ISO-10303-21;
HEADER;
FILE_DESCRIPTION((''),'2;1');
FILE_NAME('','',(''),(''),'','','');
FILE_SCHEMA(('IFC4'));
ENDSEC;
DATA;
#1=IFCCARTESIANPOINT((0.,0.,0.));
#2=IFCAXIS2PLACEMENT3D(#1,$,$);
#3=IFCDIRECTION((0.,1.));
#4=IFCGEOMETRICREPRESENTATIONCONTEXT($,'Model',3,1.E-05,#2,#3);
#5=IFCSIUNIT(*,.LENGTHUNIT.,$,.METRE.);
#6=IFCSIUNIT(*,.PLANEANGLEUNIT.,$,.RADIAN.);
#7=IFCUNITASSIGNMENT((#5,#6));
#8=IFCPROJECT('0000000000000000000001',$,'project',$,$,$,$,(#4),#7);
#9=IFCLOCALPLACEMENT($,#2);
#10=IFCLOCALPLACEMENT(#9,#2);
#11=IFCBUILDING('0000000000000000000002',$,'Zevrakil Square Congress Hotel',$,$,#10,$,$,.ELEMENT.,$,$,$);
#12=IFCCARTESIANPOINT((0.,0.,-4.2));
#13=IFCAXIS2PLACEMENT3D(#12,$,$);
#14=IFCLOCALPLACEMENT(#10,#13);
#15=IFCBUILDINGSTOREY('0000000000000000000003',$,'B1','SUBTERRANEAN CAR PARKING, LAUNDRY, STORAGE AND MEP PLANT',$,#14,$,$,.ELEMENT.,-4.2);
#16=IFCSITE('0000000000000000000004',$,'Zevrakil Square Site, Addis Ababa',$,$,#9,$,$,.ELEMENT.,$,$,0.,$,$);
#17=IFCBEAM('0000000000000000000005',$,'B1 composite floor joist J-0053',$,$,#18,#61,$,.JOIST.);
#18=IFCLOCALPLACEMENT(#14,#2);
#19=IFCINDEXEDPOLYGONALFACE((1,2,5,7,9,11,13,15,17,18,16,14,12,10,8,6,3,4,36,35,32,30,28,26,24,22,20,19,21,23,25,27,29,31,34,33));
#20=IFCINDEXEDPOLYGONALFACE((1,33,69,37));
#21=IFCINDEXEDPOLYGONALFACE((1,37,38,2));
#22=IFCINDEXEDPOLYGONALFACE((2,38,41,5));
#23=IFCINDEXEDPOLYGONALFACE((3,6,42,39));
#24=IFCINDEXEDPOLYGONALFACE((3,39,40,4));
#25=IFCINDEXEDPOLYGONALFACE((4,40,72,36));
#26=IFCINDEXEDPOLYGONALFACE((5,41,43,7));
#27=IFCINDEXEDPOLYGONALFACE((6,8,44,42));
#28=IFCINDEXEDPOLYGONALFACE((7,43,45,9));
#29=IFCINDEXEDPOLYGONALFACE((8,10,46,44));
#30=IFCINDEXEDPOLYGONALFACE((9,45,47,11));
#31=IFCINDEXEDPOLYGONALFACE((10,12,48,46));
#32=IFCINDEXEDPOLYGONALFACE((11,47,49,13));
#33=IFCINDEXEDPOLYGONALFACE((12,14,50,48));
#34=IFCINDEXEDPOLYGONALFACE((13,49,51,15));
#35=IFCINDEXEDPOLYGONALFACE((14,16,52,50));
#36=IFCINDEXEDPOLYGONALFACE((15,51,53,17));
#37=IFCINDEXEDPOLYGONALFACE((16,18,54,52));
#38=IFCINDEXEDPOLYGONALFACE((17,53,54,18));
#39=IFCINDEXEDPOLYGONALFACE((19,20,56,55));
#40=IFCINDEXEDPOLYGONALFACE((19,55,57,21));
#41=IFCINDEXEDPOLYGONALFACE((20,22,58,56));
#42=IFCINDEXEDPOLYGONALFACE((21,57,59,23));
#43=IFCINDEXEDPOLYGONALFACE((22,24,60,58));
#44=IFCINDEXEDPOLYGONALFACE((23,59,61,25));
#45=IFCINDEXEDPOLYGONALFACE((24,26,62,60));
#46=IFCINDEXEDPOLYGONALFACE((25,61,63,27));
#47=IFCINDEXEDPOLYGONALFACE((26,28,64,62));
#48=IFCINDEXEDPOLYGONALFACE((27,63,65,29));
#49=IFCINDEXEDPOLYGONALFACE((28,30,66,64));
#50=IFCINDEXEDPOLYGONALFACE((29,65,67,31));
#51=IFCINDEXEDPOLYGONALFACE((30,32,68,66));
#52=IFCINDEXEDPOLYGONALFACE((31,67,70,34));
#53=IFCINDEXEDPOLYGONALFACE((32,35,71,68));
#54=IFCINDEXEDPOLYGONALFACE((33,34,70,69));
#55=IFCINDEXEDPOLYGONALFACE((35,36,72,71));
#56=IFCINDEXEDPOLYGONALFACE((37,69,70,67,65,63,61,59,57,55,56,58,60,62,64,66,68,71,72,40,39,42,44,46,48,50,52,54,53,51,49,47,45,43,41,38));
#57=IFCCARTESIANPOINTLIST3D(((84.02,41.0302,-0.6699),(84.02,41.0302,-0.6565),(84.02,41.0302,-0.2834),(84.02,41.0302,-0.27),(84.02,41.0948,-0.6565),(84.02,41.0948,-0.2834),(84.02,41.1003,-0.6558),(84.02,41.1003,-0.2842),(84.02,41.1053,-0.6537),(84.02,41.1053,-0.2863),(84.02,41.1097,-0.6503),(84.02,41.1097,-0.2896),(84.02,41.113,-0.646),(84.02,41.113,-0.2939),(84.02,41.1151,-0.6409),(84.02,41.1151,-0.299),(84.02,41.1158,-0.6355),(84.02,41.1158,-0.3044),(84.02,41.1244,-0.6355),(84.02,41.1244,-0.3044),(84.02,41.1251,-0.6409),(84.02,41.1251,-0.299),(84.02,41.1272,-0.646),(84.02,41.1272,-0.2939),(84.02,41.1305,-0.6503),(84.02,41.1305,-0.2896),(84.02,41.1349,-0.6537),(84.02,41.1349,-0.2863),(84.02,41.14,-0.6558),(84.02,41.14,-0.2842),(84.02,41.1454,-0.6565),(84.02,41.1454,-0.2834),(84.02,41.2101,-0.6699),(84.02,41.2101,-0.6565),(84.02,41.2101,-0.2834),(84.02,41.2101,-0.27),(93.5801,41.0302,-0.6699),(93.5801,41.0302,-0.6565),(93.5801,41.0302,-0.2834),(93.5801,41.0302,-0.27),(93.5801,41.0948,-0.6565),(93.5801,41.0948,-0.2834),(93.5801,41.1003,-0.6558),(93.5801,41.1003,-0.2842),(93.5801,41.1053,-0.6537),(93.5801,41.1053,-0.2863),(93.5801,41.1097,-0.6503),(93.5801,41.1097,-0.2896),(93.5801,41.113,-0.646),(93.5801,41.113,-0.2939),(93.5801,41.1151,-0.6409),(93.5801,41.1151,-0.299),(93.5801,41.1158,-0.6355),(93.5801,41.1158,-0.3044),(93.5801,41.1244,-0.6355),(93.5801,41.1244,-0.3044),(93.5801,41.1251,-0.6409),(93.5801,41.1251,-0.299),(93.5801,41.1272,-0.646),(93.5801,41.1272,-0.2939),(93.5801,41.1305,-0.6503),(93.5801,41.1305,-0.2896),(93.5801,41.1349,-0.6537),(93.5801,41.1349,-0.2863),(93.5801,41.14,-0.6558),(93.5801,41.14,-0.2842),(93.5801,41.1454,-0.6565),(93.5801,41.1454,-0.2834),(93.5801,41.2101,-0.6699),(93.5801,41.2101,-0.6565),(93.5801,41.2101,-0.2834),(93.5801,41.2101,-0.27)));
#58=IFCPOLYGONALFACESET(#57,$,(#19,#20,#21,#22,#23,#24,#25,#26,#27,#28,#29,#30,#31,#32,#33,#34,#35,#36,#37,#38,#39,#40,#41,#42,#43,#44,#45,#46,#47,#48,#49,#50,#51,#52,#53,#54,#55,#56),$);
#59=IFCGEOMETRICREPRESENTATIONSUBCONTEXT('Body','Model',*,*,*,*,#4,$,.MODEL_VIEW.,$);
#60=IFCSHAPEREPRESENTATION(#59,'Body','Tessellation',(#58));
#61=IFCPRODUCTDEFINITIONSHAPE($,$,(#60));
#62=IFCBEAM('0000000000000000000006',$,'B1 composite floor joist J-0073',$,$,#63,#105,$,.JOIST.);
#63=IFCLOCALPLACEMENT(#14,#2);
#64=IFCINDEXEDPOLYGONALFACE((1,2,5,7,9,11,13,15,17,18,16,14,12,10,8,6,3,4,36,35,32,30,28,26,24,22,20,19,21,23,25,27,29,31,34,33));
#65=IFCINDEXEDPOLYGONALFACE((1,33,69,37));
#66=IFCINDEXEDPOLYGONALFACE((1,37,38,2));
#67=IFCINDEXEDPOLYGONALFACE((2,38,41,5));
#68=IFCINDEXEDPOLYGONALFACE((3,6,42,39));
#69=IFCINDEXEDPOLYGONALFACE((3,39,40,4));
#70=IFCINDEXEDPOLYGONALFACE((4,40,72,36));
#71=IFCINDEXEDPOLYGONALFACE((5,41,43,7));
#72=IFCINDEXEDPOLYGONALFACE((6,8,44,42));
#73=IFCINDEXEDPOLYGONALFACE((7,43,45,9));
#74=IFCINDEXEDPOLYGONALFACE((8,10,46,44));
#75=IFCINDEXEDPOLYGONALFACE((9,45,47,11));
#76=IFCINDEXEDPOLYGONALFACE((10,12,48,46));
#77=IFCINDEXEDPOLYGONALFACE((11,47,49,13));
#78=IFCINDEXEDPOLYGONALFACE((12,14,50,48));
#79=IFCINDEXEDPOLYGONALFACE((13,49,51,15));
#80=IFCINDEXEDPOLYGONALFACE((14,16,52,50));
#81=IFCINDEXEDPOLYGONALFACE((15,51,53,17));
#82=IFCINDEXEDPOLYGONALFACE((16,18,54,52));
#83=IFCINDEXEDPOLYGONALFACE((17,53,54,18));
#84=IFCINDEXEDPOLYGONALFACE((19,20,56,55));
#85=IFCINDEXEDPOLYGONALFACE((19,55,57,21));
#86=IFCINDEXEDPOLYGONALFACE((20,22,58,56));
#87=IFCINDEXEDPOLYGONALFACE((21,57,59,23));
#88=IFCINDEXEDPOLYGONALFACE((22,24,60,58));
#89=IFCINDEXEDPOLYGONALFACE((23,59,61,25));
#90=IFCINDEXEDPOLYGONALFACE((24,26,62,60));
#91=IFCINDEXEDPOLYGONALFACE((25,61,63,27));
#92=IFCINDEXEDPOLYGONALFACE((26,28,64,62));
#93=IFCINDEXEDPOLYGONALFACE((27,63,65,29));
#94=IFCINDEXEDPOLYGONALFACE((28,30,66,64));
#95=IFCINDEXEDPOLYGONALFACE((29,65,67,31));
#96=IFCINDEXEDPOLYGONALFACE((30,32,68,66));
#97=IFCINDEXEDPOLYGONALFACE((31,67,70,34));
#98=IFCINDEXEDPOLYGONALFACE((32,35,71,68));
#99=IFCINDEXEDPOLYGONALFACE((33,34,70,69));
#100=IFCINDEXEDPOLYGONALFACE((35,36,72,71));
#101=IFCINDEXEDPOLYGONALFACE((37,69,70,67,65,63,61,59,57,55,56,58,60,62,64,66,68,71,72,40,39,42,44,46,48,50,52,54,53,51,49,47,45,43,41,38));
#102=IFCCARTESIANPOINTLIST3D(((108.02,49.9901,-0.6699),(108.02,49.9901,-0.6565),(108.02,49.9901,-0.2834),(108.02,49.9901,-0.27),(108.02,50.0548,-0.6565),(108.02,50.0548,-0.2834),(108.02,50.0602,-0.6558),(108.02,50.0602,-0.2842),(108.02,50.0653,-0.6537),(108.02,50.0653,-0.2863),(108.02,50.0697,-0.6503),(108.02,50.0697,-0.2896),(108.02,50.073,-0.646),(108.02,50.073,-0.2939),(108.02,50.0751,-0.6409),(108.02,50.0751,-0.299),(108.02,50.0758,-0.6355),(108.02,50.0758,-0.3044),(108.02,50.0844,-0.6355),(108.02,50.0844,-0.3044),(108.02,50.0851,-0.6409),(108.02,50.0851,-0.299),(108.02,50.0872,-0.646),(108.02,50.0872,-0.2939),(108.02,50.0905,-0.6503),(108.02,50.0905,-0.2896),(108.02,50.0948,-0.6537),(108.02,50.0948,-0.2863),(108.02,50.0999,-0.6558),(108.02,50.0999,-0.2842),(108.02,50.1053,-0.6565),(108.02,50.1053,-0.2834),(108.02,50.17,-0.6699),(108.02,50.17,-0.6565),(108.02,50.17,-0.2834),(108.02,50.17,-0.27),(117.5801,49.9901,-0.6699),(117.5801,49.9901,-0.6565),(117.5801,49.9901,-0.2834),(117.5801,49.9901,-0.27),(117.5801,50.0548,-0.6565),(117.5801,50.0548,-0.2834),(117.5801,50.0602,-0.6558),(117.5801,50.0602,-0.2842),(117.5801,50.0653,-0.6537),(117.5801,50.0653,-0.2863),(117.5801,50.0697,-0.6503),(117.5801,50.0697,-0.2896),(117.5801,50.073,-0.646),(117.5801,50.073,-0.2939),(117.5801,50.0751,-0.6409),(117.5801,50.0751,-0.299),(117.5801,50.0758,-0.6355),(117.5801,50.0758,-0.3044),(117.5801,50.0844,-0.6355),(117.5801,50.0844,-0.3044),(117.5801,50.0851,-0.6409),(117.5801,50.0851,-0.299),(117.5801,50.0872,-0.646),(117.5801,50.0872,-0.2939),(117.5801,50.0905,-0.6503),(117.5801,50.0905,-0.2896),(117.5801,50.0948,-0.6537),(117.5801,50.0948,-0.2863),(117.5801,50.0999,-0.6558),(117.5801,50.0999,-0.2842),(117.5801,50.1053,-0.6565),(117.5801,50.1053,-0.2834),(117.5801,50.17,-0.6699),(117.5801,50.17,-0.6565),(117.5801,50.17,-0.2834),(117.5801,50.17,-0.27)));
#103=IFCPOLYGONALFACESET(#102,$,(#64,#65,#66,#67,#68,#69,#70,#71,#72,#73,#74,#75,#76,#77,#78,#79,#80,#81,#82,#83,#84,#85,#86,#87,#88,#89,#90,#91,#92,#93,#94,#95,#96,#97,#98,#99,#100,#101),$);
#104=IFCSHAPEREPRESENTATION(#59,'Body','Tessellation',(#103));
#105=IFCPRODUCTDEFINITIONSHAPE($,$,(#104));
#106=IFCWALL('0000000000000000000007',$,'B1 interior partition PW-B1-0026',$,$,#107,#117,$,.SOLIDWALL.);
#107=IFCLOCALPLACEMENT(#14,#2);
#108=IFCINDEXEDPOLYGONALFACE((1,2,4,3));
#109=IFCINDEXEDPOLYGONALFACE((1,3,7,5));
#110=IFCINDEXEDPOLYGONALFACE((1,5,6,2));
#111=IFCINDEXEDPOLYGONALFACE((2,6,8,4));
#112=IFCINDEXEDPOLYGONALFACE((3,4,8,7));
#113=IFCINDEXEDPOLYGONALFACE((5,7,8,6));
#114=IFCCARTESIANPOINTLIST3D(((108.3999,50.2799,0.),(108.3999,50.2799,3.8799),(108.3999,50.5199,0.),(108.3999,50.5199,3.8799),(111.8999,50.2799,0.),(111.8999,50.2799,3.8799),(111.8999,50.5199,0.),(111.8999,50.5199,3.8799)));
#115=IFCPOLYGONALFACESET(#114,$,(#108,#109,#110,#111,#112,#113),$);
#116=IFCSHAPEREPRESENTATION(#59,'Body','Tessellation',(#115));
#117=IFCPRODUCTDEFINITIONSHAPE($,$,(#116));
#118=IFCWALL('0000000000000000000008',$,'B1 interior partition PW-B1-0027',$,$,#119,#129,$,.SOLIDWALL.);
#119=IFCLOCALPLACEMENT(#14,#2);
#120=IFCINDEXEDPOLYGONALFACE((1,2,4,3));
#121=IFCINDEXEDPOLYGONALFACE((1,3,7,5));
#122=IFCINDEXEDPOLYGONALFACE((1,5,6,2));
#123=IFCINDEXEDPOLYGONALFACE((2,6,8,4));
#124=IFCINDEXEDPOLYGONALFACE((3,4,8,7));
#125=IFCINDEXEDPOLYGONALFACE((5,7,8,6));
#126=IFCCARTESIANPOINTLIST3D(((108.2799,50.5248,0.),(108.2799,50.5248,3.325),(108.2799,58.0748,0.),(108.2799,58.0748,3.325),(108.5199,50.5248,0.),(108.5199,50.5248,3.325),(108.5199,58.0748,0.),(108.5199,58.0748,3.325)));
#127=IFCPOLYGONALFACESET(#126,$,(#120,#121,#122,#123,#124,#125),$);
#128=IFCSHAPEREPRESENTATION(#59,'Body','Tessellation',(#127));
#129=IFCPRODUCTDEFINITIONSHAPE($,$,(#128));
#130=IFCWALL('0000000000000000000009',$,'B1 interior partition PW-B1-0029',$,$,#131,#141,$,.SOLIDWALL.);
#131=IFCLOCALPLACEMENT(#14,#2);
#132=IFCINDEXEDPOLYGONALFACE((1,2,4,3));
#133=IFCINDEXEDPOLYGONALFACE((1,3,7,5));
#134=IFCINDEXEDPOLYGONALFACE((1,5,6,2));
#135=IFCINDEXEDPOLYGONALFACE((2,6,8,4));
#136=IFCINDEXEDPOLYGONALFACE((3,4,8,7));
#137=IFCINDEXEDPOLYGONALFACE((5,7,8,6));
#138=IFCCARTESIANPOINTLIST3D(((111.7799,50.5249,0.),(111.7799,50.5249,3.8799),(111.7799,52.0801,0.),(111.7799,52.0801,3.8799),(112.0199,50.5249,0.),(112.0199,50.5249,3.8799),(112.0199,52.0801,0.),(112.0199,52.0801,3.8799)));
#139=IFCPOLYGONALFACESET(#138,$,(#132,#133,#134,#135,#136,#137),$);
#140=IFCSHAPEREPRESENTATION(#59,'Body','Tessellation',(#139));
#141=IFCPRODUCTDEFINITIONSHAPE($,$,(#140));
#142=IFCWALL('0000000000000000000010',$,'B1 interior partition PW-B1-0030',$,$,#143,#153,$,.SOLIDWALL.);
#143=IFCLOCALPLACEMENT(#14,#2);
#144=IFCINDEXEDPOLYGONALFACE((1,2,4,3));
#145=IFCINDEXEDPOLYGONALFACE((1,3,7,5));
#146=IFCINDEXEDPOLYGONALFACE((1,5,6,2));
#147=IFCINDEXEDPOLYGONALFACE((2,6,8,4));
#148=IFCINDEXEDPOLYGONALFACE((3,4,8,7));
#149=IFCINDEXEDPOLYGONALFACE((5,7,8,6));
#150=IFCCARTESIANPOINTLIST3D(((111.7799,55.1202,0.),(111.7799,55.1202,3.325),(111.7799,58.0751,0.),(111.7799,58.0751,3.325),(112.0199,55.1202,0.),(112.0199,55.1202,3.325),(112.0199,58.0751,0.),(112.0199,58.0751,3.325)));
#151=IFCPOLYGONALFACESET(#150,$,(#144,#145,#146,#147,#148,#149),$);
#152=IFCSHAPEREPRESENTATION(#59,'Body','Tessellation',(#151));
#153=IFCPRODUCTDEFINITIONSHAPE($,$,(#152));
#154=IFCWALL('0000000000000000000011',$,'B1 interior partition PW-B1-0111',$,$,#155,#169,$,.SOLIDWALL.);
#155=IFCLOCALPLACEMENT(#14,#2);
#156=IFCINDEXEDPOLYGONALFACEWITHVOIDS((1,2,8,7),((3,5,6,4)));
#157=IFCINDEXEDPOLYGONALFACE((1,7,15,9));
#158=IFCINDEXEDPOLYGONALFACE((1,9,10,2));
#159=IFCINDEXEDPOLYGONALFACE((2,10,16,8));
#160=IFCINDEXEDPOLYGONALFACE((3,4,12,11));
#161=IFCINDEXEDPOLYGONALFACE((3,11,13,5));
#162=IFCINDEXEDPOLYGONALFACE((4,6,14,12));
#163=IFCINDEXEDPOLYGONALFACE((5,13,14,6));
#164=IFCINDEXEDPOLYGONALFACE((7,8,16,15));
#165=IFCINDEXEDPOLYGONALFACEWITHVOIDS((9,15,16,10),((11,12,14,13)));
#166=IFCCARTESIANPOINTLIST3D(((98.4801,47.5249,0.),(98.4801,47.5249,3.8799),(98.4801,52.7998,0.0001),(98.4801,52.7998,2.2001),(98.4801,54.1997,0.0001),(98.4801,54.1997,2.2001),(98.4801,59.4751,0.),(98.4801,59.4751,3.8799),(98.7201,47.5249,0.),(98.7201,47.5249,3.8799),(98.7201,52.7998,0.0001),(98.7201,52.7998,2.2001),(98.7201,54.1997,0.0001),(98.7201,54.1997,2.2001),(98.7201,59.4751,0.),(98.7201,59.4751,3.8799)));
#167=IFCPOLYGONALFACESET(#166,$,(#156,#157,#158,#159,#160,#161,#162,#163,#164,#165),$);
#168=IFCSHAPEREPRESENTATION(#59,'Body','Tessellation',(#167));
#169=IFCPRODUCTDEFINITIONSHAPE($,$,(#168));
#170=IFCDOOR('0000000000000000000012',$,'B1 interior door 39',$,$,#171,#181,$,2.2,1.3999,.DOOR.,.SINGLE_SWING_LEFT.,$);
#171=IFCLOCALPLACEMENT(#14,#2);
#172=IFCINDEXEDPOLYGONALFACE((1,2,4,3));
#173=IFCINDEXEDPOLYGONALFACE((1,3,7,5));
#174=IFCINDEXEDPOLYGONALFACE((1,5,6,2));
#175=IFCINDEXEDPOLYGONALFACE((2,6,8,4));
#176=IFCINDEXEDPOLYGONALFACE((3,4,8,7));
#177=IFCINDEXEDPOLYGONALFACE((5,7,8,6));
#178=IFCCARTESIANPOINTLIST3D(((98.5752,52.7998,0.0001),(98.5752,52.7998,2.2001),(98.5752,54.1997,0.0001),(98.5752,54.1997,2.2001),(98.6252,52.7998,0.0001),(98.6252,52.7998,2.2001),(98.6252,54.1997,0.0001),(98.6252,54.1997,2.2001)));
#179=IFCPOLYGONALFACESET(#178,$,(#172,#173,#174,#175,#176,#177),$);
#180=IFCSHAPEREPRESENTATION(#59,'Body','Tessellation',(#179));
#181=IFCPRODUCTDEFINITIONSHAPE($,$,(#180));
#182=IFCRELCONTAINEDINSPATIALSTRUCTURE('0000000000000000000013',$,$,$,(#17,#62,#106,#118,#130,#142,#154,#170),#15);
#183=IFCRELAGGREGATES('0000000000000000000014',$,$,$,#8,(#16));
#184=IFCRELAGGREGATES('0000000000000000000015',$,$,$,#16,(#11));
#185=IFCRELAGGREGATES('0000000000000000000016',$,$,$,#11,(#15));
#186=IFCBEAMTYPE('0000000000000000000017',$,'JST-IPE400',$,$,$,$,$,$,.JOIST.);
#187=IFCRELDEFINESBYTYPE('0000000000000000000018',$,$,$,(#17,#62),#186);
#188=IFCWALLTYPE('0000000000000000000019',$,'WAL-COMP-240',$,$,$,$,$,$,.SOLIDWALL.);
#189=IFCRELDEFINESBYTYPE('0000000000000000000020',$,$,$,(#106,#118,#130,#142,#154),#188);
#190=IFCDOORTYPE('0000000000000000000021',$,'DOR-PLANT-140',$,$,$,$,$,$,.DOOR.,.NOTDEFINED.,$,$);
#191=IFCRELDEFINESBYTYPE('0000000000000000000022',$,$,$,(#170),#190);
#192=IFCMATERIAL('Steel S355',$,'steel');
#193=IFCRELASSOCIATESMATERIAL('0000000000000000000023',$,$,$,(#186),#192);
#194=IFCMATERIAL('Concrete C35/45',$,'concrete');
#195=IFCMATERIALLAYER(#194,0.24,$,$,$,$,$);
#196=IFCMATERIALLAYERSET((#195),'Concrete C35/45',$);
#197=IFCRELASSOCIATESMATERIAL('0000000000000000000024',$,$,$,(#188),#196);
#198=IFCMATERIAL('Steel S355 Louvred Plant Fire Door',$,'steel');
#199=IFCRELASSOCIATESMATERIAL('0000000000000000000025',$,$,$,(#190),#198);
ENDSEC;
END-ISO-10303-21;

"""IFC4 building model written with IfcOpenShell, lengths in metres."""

from ifc_helpers import new_model, si_unit, direction, frame, frame_2d, origin, origin_2d, place, context, subcontext, project, spatial, rectangle, i_section, extrude, material, layer, layer_set, material_profile, profile_set, type_object, element, fill, save


model = new_model("IFC4")

# Units and contexts
model_context = context("Model", 3, precision=1e-05, world=origin(), true_north=direction((0.0, 1.0)))
body_context = subcontext(model_context, "Body", "Model", "MODEL_VIEW")
ifc_project = project(units=[si_unit("LENGTHUNIT", "METRE"), si_unit("PLANEANGLEUNIT", "RADIAN")], contexts=[model_context])

# Site, building, storey
site_placement = place(None, origin())
site = spatial("IfcSite", under=ifc_project, at=site_placement, Name="Zevrakil Square Site, Addis Ababa", CompositionType="ELEMENT", RefElevation=0.0)
building_placement = place(site_placement, origin())
building = spatial("IfcBuilding", under=site, at=building_placement, Name="Zevrakil Square Congress Hotel", CompositionType="ELEMENT")
storey_placement = place(building_placement, frame((0.0, 0.0, -4.2)))
storey = spatial("IfcBuildingStorey", under=building, at=storey_placement, Name="B1", Description="SUBTERRANEAN CAR PARKING, LAUNDRY, STORAGE AND MEP PLANT", CompositionType="ELEMENT", Elevation=-4.2)

# Beams
ifc_material_1 = material(Name="Steel S355", Category="steel")
ifc_material_profile_1 = material_profile(ifc_material_1, i_section(OverallWidth=0.1799, OverallDepth=0.3999, WebThickness=0.0085, FlangeThickness=0.0134, FilletRadius=0.021, at=origin_2d()), Name="IPE 400")
ifc_profile_set_1 = profile_set([ifc_material_profile_1], Name="Steel S355")
beam_type_1 = type_object("IfcBeamType", Name="JST-IPE400", PredefinedType="JOIST", material=ifc_profile_set_1)
for number, where, z_axis, x_axis, name in (
    (1, (84.02, 41.1201, -0.47), (1.0, 0.0, 0.0), (0.0, 1.0, 0.0), "B1 composite floor joist J-0053"),
    (2, (108.02, 50.0801, -0.47), (1.0, 0.0, 0.0), (0.0, 1.0, 0.0), "B1 composite floor joist J-0073"),
):
    element("IfcBeam", number, at=place(storey_placement, frame(where, z_axis=z_axis, x_axis=x_axis)), inside=storey, type_object=beam_type_1, Name=name, PredefinedType="JOIST", context=body_context, shape_type="SweptSolid", body=[
        extrude(i_section(OverallWidth=0.1799, OverallDepth=0.3999, WebThickness=0.0085, FlangeThickness=0.0134, FilletRadius=0.021, at=origin_2d()), origin(), (0.0, 0.0, 1.0), 9.5601),
    ])

# Walls
ifc_material_2 = material(Name="Concrete C35/45", Category="concrete")
ifc_layer = layer(ifc_material_2, 0.24)
ifc_layer_set = layer_set([ifc_layer], Name="Concrete C35/45")
wall_type = type_object("IfcWallType", Name="WAL-COMP-240", PredefinedType="SOLIDWALL", material=ifc_layer_set)
wall_1_placement = place(storey_placement, frame((108.3999, 50.3999, 0.0), z_axis=(0.0, 0.0, 1.0), x_axis=(1.0, 0.0, 0.0)))
element("IfcWall", 3, at=wall_1_placement, inside=storey, type_object=wall_type, Name="B1 interior partition PW-B1-0026", PredefinedType="SOLIDWALL", context=body_context, shape_type="SweptSolid", body=[
    extrude(rectangle(XDim=3.5, YDim=0.24, at=frame_2d((1.75, 0.0))), origin(), (0.0, 0.0, 1.0), 3.8799),
])
wall_2_placement = place(storey_placement, frame((108.3999, 50.5249, 0.0), z_axis=(0.0, 0.0, 1.0), x_axis=(0.0, 1.0, 0.0)))
element("IfcWall", 4, at=wall_2_placement, inside=storey, type_object=wall_type, Name="B1 interior partition PW-B1-0027", PredefinedType="SOLIDWALL", context=body_context, shape_type="SweptSolid", body=[
    extrude(rectangle(XDim=7.55, YDim=0.24, at=frame_2d((3.7749, 0.0))), origin(), (0.0, 0.0, 1.0), 3.325),
])
wall_3_placement = place(storey_placement, frame((111.8999, 50.5249, 0.0), z_axis=(0.0, 0.0, 1.0), x_axis=(0.0, 1.0, 0.0)))
element("IfcWall", 5, at=wall_3_placement, inside=storey, type_object=wall_type, Name="B1 interior partition PW-B1-0029", PredefinedType="SOLIDWALL", context=body_context, shape_type="SweptSolid", body=[
    extrude(rectangle(XDim=1.5552, YDim=0.24, at=frame_2d((0.7776, 0.0))), origin(), (0.0, 0.0, 1.0), 3.8799),
])
wall_4_placement = place(storey_placement, frame((111.8999, 55.1201, 0.0), z_axis=(0.0, 0.0, 1.0), x_axis=(0.0, 1.0, 0.0)))
element("IfcWall", 6, at=wall_4_placement, inside=storey, type_object=wall_type, Name="B1 interior partition PW-B1-0030", PredefinedType="SOLIDWALL", context=body_context, shape_type="SweptSolid", body=[
    extrude(rectangle(XDim=2.9548, YDim=0.24, at=frame_2d((1.4775, 0.0))), origin(), (0.0, 0.0, 1.0), 3.325),
])

# Wall, opening, door
wall_5_placement = place(storey_placement, frame((98.6001, 47.5249, 0.0), z_axis=(0.0, 0.0, 1.0), x_axis=(0.0, 1.0, 0.0)))
wall_5 = element("IfcWall", 7, at=wall_5_placement, inside=storey, type_object=wall_type, Name="B1 interior partition PW-B1-0111", PredefinedType="SOLIDWALL", context=body_context, shape_type="SweptSolid", body=[
    extrude(rectangle(XDim=11.9502, YDim=0.24, at=frame_2d((5.9751, 0.0))), origin(), (0.0, 0.0, 1.0), 3.8799),
])
opening_placement = place(wall_5_placement, frame((5.2749, 0.0, 0.0)))
opening = element("IfcOpeningElement", 8, at=opening_placement, cuts=wall_5, PredefinedType="OPENING", context=body_context, shape_type="SweptSolid", body=[
    extrude(rectangle(XDim=1.3999, YDim=2.2, at=frame_2d((0.7, 1.1001))), frame((0.0, 0.1299, 0.0), z_axis=(0.0, -1.0, 0.0), x_axis=(1.0, 0.0, 0.0)), (0.0, 0.0, 1.0), 0.26),
])
ifc_material_3 = material(Name="Steel S355 Louvred Plant Fire Door", Category="steel")
door_type = type_object("IfcDoorType", Name="DOR-PLANT-140", OperationType="NOTDEFINED", PredefinedType="DOOR", material=ifc_material_3)
door_placement = place(opening_placement, origin())
door = element("IfcDoor", 9, at=door_placement, inside=storey, type_object=door_type, Name="B1 interior door 39", OperationType="SINGLE_SWING_LEFT", OverallHeight=2.2, OverallWidth=1.3999, PredefinedType="DOOR", context=body_context, shape_type="SweptSolid", body=[
    extrude(rectangle(XDim=1.3999, YDim=2.2, at=frame_2d((0.7, 1.1001))), frame((0.0, 0.0249, 0.0), z_axis=(0.0, -1.0, 0.0), x_axis=(1.0, 0.0, 0.0)), (0.0, 0.0, 1.0), 0.05),
])
fill(opening, door)

save(model, "model.ifc")
